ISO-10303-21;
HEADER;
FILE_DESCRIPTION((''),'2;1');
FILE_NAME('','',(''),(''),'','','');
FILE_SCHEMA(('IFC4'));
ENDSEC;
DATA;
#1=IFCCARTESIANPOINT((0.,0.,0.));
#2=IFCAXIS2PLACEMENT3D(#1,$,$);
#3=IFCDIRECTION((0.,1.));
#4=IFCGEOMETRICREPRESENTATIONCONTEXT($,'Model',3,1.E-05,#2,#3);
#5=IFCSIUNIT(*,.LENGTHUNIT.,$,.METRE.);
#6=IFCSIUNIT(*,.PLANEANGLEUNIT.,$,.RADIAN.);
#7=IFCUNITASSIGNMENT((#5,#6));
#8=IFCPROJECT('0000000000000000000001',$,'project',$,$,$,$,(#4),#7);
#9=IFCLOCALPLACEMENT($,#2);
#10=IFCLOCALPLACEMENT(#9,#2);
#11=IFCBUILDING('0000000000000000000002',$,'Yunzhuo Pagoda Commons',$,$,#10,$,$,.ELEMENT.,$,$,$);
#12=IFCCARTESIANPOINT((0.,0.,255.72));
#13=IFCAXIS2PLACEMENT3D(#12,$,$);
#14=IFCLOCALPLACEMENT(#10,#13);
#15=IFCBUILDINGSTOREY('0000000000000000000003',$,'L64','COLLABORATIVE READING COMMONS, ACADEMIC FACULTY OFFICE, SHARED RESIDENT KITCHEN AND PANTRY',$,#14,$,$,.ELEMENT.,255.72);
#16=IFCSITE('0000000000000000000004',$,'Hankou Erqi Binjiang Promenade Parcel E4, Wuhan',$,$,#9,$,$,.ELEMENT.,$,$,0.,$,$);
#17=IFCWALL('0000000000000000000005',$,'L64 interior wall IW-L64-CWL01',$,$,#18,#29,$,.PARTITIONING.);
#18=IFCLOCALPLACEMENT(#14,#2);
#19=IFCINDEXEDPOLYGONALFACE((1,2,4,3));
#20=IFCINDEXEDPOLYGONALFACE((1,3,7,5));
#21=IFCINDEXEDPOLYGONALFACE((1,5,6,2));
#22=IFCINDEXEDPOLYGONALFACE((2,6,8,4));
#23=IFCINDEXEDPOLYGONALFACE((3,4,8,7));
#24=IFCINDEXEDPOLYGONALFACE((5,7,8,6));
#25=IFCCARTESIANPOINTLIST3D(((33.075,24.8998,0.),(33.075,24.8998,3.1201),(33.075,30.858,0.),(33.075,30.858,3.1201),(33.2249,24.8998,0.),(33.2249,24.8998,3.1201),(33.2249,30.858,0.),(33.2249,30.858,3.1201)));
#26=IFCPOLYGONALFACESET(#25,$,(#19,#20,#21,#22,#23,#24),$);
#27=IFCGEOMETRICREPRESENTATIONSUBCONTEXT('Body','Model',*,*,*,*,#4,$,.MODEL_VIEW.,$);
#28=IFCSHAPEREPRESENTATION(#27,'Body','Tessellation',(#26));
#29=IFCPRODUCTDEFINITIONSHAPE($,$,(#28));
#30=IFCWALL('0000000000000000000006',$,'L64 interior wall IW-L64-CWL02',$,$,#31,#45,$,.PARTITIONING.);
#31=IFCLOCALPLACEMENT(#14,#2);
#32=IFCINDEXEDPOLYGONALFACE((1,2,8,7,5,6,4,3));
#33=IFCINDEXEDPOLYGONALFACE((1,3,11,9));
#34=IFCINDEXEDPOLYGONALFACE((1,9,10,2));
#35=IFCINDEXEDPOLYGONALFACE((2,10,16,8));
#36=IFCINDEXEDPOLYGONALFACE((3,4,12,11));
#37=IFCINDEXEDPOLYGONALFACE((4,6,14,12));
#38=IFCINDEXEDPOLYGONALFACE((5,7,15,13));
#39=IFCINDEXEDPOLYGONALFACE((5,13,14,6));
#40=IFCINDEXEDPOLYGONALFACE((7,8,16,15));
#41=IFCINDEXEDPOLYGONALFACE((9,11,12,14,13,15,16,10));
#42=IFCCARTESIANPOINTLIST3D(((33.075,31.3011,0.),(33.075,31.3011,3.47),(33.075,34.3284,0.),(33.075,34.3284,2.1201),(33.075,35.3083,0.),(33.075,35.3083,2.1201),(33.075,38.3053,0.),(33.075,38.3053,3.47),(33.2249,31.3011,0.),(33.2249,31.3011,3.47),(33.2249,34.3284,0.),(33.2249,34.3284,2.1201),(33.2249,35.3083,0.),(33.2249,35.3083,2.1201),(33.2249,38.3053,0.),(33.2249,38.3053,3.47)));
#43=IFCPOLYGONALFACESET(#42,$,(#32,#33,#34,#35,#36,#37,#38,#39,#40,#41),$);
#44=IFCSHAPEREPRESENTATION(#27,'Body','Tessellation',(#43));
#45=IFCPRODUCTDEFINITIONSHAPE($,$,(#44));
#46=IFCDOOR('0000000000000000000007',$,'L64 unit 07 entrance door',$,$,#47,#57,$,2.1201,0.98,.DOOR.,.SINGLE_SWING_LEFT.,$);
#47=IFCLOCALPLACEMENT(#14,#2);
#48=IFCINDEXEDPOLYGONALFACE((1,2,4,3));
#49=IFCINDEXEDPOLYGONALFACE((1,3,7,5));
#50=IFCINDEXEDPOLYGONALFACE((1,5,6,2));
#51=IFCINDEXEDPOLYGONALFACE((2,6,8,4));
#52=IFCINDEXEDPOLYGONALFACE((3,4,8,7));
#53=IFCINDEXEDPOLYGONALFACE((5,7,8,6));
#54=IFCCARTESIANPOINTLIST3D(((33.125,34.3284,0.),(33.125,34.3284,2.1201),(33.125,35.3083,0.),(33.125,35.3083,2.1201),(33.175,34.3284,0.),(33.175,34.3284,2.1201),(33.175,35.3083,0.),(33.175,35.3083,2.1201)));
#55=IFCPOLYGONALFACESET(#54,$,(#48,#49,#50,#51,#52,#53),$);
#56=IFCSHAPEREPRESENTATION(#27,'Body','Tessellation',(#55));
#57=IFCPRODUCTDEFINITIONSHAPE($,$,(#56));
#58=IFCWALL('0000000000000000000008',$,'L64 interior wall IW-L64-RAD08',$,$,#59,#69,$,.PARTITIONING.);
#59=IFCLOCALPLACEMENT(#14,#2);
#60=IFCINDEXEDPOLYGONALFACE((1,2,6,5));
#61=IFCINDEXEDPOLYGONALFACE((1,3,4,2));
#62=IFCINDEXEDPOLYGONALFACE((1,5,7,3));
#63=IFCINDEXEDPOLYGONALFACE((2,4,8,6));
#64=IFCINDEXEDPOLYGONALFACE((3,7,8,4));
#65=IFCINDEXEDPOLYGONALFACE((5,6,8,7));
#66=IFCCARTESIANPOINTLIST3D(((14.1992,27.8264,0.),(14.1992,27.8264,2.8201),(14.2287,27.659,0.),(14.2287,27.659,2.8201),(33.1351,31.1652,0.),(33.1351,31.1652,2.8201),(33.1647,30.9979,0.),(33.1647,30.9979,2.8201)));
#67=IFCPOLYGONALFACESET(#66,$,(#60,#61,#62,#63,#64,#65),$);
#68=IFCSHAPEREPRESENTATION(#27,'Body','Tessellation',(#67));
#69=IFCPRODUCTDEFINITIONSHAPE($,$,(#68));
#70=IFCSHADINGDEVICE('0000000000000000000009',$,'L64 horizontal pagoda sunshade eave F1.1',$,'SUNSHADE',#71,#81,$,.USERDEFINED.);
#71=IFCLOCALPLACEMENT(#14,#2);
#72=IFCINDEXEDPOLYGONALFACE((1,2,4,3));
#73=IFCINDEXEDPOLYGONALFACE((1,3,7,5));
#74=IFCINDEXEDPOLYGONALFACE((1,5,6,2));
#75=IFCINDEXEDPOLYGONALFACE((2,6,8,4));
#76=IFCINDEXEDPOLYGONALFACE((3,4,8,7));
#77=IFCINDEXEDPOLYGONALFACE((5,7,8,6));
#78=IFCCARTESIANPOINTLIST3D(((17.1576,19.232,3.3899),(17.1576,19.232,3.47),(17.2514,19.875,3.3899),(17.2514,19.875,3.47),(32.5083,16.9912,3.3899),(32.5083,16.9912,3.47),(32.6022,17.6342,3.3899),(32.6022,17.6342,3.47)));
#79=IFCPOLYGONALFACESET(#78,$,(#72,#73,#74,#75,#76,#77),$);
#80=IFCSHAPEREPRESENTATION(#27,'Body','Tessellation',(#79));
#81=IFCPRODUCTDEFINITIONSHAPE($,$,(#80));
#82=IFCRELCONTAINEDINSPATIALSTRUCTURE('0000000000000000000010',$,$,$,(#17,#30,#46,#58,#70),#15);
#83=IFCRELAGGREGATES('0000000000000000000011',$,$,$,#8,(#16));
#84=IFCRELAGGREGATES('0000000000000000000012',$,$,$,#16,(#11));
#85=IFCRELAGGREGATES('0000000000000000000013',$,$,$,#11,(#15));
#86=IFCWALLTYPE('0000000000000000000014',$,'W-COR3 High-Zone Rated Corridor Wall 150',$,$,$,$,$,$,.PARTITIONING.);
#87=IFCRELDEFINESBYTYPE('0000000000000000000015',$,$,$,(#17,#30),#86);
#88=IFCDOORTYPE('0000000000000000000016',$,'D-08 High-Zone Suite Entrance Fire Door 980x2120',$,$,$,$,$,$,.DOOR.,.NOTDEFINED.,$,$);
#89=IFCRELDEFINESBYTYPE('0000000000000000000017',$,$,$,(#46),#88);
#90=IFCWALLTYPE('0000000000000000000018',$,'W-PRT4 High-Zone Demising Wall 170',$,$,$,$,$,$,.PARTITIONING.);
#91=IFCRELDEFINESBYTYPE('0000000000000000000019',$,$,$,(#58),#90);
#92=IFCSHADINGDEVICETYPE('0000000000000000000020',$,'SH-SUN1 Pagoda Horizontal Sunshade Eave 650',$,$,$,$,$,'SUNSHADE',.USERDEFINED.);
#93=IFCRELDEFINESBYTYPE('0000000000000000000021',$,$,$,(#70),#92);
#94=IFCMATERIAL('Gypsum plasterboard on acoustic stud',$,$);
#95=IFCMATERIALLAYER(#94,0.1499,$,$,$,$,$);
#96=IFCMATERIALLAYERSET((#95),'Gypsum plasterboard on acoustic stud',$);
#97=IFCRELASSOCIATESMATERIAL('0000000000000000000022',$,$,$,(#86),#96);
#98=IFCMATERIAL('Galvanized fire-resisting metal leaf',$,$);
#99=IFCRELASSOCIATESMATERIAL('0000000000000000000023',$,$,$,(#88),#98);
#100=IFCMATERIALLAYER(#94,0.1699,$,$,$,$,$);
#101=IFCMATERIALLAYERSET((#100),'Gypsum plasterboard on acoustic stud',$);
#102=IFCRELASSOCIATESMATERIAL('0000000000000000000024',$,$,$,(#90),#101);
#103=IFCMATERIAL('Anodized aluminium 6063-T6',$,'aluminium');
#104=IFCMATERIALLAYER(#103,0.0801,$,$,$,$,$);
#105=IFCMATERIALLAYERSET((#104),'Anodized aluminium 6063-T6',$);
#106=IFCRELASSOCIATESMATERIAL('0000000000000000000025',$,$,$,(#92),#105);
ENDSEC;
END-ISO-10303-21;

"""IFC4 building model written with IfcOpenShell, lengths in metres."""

from ifc_helpers import new_model, si_unit, direction, frame, frame_2d, origin, origin_with_axes, origin_2d, place, context, subcontext, project, spatial, rectangle, extrude, source, transform, mapped, material, layer, layer_set, type_object, element, fill, save


model = new_model("IFC4")

# Units and contexts
model_context = context("Model", 3, precision=1e-05, world=origin(), true_north=direction((0.0, 1.0)))
body_context = subcontext(model_context, "Body", "Model", "MODEL_VIEW")
ifc_project = project(units=[si_unit("LENGTHUNIT", "METRE"), si_unit("PLANEANGLEUNIT", "RADIAN")], contexts=[model_context])

# Site, building, storey
site_placement = place(None, origin())
site = spatial("IfcSite", under=ifc_project, at=site_placement, Name="Hankou Erqi Binjiang Promenade Parcel E4, Wuhan", CompositionType="ELEMENT", RefElevation=0.0)
building_placement = place(site_placement, origin())
building = spatial("IfcBuilding", under=site, at=building_placement, Name="Yunzhuo Pagoda Commons", CompositionType="ELEMENT")
storey_placement = place(building_placement, frame((0.0, 0.0, 255.72)))
storey = spatial("IfcBuildingStorey", under=building, at=storey_placement, Name="L64", Description="COLLABORATIVE READING COMMONS, ACADEMIC FACULTY OFFICE, SHARED RESIDENT KITCHEN AND PANTRY", CompositionType="ELEMENT", Elevation=255.72)

# Shared definitions
ifc_material_1 = material(Name="Anodized aluminium 6063-T6", Category="aluminium")

# Wall
ifc_material_2 = material(Name="Gypsum plasterboard on acoustic stud")
ifc_layer_1 = layer(ifc_material_2, 0.1499)
ifc_layer_set_1 = layer_set([ifc_layer_1], Name="Gypsum plasterboard on acoustic stud")
wall_type_1 = type_object("IfcWallType", Name="W-COR3 High-Zone Rated Corridor Wall 150", PredefinedType="PARTITIONING", material=ifc_layer_set_1)
wall_1_placement = place(storey_placement, frame((33.1499, 24.8999, 0.0), z_axis=(0.0, 0.0, 1.0), x_axis=(0.0, 1.0, 0.0)))
element("IfcWall", 1, at=wall_1_placement, inside=storey, type_object=wall_type_1, Name="L64 interior wall IW-L64-CWL01", PredefinedType="PARTITIONING", context=body_context, shape_type="SweptSolid", body=[
    extrude(rectangle(XDim=5.9583, YDim=0.1499, at=frame_2d((2.979, 0.0))), origin(), (0.0, 0.0, 1.0), 3.1201),
])

# Wall, opening, door
wall_2_placement = place(storey_placement, frame((33.1499, 31.3013, 0.0), z_axis=(0.0, 0.0, 1.0), x_axis=(0.0, 1.0, 0.0)))
wall_2 = element("IfcWall", 2, at=wall_2_placement, inside=storey, type_object=wall_type_1, Name="L64 interior wall IW-L64-CWL02", PredefinedType="PARTITIONING", context=body_context, shape_type="SweptSolid", body=[
    extrude(rectangle(XDim=7.0042, YDim=0.1499, at=frame_2d((3.502, 0.0))), origin(), (0.0, 0.0, 1.0), 3.47),
])
opening_placement = place(wall_2_placement, frame((3.0271, 0.0, 0.0)))
opening = element("IfcOpeningElement", 3, at=opening_placement, cuts=wall_2, PredefinedType="OPENING", context=body_context, shape_type="SweptSolid", body=[
    extrude(rectangle(XDim=0.98, YDim=2.1201, at=frame_2d((0.49, 1.0601))), frame((0.0, 0.085, 0.0), z_axis=(0.0, -1.0, 0.0), x_axis=(1.0, 0.0, 0.0)), (0.0, 0.0, 1.0), 0.1699),
])
ifc_material_3 = material(Name="Galvanized fire-resisting metal leaf")
door_type = type_object("IfcDoorType", Name="D-08 High-Zone Suite Entrance Fire Door 980x2120", OperationType="NOTDEFINED", PredefinedType="DOOR", material=ifc_material_3)
shared_shape_1 = source(origin(), body_context, "Body", "SweptSolid", [
    extrude(rectangle(XDim=0.98, YDim=2.1201, at=frame_2d((0.49, 1.0601))), frame((0.0, 0.0249, 0.0), z_axis=(0.0, -1.0, 0.0), x_axis=(1.0, 0.0, 0.0)), (0.0, 0.0, 1.0), 0.05),
])
door_placement = place(opening_placement, origin_with_axes())
door = element("IfcDoor", 4, at=door_placement, inside=storey, type_object=door_type, Name="L64 unit 07 entrance door", OperationType="SINGLE_SWING_LEFT", OverallHeight=2.1201, OverallWidth=0.98, PredefinedType="DOOR", context=body_context, shape_type="MappedRepresentation", body=[
    mapped(shared_shape_1, transform((0.0, 0.0, 0.0), scale=1.0)),
])
fill(opening, door)

# Wall
ifc_layer_2 = layer(ifc_material_2, 0.1699)
ifc_layer_set_2 = layer_set([ifc_layer_2], Name="Gypsum plasterboard on acoustic stud")
wall_type_2 = type_object("IfcWallType", Name="W-PRT4 High-Zone Demising Wall 170", PredefinedType="PARTITIONING", material=ifc_layer_set_2)
wall_3_placement = place(storey_placement, frame((33.1499, 31.0815, 0.0), z_axis=(0.0, 0.0, 1.0), x_axis=(-0.984808, -0.173645, 0.0)))
element("IfcWall", 5, at=wall_3_placement, inside=storey, type_object=wall_type_2, Name="L64 interior wall IW-L64-RAD08", PredefinedType="PARTITIONING", context=body_context, shape_type="SweptSolid", body=[
    extrude(rectangle(XDim=19.228, YDim=0.1699, at=frame_2d((9.614, 0.0))), origin(), (0.0, 0.0, 1.0), 2.8201),
])

# Shading device
ifc_layer_3 = layer(ifc_material_1, 0.0801)
ifc_layer_set_3 = layer_set([ifc_layer_3], Name="Anodized aluminium 6063-T6")
shading_device_type = type_object("IfcShadingDeviceType", Name="SH-SUN1 Pagoda Horizontal Sunshade Eave 650", ElementType="SUNSHADE", PredefinedType="USERDEFINED", material=ifc_layer_set_3)
shared_shape_2 = source(origin(), body_context, "Body", "SweptSolid", [
    extrude(rectangle(XDim=15.5134, YDim=0.6499, at=origin_2d()), origin(), (0.0, 0.0, 1.0), 0.0801),
])
shading_device_placement = place(storey_placement, frame((24.8799, 18.4331, 3.3899), z_axis=(0.0, 0.0, 1.0), x_axis=(0.989513, -0.144443, 0.0)))
element("IfcShadingDevice", 6, at=shading_device_placement, inside=storey, type_object=shading_device_type, Name="L64 horizontal pagoda sunshade eave F1.1", ObjectType="SUNSHADE", PredefinedType="USERDEFINED", context=body_context, shape_type="MappedRepresentation", body=[
    mapped(shared_shape_2, transform((0.0, 0.0, 0.0), scale=1.0)),
])

save(model, "model.ifc")
